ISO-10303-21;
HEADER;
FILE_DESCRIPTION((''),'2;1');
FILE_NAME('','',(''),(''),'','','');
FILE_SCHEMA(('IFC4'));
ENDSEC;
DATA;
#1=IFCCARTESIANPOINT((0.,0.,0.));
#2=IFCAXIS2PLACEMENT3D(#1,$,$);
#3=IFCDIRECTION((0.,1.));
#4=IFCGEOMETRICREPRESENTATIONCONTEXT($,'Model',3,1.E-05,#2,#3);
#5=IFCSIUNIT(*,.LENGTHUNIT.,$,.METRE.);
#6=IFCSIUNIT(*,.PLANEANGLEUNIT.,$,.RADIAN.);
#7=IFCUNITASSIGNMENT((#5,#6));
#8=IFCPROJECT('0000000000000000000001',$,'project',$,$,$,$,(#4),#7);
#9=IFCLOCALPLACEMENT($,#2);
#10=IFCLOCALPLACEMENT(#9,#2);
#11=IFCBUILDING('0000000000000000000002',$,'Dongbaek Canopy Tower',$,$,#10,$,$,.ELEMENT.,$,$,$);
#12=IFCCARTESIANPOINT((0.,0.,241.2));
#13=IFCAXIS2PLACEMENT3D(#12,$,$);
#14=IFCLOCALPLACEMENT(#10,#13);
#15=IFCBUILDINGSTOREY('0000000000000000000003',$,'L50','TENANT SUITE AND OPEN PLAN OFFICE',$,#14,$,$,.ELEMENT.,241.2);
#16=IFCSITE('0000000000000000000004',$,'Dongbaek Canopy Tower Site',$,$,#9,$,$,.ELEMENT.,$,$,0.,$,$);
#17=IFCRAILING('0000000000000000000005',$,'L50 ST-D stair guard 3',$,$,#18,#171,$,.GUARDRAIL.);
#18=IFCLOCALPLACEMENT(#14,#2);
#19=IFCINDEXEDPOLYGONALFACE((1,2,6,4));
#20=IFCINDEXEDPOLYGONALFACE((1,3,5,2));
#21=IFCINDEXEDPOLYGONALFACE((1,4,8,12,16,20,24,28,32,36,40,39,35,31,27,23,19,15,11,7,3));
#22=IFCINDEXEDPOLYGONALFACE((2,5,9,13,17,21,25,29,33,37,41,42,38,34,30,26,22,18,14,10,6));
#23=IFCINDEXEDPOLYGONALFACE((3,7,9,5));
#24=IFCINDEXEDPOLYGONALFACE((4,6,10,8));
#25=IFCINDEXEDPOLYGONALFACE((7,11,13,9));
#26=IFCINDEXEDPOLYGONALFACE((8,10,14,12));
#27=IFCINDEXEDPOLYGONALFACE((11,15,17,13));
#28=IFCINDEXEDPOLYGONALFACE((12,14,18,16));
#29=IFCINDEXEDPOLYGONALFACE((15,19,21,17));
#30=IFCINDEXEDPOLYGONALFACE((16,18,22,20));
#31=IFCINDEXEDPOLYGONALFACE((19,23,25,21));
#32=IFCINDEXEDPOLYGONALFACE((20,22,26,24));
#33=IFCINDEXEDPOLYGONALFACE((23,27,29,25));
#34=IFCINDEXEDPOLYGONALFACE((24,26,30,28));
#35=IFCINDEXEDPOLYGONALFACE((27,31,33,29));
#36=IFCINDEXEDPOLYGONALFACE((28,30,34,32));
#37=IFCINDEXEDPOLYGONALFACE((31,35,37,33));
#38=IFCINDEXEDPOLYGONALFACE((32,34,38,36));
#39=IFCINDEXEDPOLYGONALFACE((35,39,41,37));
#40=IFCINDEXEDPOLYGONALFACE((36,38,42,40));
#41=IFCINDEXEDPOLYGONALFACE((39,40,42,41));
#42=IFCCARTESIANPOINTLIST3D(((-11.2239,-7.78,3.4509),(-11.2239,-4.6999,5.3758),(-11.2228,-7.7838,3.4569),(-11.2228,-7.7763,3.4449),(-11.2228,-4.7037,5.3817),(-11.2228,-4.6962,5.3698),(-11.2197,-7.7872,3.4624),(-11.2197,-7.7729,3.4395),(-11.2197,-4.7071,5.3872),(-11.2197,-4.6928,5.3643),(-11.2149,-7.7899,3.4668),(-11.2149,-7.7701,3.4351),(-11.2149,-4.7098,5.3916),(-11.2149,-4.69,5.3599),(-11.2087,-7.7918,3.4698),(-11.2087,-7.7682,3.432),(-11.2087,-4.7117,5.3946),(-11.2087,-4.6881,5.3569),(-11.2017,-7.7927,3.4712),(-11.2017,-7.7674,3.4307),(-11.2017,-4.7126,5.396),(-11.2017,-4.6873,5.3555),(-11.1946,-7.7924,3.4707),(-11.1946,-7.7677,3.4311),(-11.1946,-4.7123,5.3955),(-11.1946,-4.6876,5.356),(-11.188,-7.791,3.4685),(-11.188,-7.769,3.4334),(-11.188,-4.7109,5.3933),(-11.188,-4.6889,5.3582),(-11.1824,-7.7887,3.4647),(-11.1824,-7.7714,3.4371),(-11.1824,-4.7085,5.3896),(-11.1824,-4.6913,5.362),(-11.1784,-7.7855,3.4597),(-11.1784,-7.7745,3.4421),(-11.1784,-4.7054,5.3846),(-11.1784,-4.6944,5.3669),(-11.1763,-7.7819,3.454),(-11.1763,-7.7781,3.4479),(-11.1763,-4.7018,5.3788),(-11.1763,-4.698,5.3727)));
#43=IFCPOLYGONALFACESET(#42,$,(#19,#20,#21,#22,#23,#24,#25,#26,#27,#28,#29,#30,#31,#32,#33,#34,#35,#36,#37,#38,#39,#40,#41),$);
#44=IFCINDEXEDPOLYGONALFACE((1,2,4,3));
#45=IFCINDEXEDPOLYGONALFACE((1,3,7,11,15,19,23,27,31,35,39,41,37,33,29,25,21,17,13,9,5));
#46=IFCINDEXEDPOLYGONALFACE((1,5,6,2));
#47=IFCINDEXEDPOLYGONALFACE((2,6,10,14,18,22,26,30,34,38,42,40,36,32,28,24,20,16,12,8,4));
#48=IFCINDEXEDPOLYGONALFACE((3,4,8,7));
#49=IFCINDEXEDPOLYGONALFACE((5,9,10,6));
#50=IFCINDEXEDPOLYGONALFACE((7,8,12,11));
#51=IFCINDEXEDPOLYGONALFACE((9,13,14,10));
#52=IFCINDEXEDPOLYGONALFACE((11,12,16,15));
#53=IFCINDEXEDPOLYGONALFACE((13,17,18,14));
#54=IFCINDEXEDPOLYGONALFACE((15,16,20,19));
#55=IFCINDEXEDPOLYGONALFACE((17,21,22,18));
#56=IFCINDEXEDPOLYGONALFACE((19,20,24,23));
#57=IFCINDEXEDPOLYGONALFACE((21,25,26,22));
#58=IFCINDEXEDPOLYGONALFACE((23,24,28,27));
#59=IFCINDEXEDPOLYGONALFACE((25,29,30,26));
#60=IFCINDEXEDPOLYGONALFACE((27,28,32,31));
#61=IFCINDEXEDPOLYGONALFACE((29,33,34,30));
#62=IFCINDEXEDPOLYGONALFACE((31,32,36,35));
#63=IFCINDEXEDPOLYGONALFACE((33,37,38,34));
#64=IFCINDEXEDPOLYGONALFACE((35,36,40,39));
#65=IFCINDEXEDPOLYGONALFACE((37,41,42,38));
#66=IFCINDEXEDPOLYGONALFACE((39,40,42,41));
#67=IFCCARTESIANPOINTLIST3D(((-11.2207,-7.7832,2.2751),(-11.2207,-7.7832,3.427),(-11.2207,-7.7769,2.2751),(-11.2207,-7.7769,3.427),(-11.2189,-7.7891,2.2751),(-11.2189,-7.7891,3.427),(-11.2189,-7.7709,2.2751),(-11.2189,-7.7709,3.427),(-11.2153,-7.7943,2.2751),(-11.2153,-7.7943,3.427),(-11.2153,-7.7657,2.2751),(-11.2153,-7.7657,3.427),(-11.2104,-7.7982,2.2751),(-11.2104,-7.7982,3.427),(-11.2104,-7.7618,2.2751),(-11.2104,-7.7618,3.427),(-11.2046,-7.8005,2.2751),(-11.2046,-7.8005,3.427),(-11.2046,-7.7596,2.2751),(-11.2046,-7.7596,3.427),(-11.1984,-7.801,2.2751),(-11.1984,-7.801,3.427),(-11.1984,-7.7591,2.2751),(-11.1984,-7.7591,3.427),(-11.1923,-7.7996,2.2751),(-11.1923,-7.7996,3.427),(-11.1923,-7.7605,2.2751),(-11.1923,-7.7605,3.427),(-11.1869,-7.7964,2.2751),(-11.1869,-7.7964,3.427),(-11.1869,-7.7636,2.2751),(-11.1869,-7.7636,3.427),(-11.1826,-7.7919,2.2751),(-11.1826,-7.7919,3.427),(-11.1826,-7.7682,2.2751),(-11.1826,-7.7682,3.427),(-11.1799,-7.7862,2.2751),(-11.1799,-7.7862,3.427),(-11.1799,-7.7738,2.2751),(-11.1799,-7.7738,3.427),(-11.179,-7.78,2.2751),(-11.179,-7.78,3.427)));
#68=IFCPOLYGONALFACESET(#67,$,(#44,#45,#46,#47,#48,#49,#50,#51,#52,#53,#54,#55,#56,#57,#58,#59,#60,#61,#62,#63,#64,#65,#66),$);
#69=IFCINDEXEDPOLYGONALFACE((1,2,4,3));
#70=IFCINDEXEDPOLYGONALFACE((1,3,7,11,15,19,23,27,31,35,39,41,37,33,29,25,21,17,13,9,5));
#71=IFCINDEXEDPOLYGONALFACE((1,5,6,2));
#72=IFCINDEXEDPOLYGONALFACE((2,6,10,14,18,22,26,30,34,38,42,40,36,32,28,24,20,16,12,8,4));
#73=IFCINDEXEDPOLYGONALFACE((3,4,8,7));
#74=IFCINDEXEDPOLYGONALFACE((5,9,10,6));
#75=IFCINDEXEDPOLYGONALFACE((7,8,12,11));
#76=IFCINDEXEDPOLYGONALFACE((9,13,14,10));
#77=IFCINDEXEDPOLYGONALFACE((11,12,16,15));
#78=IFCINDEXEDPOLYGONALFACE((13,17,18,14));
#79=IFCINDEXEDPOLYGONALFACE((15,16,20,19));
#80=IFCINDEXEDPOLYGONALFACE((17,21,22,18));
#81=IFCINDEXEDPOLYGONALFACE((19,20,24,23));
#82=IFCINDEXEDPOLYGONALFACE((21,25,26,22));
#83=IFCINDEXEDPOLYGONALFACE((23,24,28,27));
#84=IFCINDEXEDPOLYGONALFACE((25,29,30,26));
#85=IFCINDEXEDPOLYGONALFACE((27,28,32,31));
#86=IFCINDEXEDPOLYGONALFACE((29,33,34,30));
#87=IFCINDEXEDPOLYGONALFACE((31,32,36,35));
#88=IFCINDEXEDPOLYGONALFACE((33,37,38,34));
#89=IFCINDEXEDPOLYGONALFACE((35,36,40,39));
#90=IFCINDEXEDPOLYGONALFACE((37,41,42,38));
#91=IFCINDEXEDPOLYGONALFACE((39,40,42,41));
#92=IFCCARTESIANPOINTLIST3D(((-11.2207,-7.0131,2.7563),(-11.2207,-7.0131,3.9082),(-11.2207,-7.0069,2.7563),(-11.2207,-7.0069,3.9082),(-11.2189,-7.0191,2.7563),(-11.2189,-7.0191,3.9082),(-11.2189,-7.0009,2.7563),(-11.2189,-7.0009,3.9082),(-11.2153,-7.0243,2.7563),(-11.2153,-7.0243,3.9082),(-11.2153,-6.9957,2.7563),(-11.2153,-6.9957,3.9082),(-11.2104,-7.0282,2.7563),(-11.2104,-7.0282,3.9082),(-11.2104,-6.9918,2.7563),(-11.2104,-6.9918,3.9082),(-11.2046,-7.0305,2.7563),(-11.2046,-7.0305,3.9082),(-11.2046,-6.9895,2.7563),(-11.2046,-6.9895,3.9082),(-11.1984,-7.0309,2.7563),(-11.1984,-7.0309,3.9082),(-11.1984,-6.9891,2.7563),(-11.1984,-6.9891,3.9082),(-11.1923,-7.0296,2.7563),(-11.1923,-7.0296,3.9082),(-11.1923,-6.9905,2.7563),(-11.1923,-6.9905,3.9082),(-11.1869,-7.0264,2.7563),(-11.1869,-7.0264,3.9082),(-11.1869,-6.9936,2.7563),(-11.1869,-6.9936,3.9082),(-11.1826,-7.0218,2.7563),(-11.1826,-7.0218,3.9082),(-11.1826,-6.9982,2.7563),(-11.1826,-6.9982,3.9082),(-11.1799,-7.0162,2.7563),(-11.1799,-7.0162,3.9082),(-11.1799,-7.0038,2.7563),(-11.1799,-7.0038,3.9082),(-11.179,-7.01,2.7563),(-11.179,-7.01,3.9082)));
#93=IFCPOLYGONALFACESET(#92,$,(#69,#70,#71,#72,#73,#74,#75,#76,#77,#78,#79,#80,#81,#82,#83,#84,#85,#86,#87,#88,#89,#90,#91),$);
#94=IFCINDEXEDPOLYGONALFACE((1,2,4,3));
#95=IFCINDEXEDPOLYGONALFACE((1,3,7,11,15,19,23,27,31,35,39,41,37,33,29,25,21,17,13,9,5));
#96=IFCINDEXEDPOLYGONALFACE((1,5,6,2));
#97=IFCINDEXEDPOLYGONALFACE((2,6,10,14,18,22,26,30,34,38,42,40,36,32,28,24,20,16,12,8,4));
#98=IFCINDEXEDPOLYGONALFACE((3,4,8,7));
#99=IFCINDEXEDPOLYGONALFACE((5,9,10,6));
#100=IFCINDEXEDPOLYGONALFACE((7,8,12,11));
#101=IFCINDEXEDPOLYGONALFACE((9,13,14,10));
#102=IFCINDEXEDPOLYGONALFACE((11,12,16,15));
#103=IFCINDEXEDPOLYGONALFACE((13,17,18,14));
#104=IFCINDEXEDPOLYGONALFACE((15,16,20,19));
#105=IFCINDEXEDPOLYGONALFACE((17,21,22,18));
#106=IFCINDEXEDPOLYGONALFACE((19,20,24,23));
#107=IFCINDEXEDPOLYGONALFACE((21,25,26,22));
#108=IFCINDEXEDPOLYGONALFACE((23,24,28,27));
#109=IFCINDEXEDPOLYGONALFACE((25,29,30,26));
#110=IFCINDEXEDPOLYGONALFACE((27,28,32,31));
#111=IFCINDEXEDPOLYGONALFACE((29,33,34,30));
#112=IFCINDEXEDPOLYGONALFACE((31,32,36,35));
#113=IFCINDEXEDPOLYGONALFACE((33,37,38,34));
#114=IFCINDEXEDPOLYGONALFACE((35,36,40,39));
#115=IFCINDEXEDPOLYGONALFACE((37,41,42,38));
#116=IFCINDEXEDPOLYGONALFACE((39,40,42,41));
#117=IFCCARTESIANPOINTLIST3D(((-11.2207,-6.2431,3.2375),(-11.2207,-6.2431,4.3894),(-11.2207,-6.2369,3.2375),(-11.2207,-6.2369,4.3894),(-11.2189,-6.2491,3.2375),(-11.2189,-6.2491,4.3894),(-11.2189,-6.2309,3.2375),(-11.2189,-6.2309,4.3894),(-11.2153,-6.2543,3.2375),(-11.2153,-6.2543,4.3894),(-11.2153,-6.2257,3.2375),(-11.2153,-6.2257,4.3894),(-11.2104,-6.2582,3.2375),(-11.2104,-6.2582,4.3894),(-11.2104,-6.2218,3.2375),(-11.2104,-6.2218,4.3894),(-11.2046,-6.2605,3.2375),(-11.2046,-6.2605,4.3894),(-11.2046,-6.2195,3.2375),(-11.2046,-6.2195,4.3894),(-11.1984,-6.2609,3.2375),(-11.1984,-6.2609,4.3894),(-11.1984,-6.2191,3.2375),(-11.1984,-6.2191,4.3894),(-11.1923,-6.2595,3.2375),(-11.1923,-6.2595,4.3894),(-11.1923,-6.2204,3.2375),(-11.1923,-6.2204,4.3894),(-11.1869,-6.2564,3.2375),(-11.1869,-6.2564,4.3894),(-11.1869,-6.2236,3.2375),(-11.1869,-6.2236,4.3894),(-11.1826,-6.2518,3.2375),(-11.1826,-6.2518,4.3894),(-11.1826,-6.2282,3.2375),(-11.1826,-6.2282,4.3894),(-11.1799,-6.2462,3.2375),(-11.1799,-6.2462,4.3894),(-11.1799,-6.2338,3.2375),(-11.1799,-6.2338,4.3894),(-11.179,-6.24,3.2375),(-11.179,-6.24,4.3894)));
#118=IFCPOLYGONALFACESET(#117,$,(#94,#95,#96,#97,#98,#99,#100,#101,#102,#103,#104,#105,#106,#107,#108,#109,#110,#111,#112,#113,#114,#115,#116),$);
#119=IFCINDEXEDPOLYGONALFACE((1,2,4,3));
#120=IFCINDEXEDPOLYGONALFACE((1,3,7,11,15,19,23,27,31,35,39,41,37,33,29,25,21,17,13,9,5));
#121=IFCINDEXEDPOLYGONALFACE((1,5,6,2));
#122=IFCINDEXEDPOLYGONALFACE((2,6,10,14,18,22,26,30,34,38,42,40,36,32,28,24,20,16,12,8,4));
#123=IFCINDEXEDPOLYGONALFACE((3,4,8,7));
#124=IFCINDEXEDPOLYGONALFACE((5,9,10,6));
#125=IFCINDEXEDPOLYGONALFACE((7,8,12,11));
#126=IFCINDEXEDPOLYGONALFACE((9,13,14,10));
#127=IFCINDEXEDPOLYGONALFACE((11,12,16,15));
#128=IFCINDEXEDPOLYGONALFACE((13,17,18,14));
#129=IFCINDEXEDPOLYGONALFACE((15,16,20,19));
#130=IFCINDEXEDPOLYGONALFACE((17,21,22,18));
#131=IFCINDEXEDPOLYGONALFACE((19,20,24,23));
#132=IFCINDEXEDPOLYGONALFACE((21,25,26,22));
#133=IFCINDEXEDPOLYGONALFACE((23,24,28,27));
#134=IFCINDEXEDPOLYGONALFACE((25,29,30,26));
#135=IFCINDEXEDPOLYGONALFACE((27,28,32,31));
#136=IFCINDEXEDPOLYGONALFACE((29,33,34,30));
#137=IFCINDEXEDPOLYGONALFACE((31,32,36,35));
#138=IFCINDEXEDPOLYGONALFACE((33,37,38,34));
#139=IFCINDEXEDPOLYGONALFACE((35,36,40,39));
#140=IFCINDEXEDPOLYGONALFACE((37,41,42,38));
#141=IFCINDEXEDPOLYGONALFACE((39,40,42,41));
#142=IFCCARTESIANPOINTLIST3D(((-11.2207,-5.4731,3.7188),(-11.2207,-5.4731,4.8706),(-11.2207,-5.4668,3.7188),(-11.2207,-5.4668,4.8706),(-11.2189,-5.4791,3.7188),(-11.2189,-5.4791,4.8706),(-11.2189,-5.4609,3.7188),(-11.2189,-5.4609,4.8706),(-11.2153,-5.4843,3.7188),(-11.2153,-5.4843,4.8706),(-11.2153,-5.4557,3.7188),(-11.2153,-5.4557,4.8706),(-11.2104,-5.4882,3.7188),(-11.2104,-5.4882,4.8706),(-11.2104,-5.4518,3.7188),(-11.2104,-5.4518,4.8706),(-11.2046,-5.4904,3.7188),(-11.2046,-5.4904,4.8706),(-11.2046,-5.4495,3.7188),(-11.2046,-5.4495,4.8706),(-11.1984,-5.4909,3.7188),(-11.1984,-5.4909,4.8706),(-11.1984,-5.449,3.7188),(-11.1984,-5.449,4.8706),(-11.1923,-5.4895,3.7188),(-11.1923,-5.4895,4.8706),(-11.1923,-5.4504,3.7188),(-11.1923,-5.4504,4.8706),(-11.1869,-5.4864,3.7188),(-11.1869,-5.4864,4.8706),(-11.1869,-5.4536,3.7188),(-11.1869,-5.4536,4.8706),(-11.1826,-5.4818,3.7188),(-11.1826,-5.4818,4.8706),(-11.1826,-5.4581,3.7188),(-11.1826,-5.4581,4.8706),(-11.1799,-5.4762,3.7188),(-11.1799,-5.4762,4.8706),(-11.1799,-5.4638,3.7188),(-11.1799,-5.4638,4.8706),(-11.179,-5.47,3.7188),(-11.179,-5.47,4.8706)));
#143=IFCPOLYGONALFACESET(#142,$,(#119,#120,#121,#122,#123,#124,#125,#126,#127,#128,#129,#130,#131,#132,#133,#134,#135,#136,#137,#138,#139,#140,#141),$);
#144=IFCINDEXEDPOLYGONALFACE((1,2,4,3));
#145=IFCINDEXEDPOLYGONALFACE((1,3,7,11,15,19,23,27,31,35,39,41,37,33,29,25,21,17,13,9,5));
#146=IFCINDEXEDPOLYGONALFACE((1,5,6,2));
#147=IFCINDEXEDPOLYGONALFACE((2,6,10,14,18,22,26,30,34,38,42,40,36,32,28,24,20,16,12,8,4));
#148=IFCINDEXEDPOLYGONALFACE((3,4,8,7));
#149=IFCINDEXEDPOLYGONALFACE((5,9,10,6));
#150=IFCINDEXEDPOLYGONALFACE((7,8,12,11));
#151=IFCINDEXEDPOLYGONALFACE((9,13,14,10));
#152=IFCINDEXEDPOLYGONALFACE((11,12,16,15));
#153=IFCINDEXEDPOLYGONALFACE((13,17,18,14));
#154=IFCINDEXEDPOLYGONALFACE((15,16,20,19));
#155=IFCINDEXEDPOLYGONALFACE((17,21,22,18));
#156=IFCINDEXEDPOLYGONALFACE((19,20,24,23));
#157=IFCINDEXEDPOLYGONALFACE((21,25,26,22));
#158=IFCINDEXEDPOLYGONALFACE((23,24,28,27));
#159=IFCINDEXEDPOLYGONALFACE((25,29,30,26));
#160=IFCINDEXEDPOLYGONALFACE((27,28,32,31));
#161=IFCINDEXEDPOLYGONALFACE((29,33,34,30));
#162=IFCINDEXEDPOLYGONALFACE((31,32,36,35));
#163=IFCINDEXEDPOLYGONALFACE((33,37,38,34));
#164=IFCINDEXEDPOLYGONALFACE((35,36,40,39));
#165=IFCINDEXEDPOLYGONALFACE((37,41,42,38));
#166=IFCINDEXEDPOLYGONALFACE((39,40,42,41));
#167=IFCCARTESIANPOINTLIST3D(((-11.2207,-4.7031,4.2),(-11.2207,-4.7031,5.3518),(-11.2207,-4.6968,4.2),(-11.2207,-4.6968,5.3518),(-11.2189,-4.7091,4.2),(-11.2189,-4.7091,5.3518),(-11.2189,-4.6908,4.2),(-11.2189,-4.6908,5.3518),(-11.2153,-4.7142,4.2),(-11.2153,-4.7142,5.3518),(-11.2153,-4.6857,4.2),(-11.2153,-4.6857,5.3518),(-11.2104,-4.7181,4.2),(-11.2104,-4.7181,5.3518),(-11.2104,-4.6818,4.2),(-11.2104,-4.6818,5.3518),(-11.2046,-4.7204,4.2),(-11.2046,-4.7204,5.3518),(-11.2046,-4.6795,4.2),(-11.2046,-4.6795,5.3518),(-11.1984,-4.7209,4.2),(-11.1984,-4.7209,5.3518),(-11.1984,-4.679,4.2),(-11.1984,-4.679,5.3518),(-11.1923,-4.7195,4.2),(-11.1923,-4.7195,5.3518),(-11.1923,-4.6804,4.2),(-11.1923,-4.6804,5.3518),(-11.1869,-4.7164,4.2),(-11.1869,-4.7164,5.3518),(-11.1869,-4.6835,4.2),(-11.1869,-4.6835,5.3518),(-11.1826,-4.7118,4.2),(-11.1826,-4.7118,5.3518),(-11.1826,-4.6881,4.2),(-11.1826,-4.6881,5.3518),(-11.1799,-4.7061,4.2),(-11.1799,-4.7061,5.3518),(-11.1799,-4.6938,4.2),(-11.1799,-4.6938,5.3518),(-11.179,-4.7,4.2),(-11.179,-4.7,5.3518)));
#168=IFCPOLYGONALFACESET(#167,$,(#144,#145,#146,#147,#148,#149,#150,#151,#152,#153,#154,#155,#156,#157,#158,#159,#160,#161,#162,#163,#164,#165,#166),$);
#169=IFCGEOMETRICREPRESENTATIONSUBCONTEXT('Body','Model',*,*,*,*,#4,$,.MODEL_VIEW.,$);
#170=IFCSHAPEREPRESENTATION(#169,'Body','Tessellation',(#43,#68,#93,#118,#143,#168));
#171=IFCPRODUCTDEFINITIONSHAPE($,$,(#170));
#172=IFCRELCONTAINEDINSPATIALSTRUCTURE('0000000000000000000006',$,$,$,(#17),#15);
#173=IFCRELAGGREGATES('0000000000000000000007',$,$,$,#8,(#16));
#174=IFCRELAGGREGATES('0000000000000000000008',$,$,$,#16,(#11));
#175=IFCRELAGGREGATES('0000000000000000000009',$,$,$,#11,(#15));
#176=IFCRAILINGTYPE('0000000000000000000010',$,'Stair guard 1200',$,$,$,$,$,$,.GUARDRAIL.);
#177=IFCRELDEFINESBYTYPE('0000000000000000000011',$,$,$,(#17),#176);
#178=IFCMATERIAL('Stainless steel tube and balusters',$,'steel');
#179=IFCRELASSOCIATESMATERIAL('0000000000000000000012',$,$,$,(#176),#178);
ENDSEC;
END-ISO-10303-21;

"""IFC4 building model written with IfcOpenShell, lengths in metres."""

from ifc_helpers import new_model, si_unit, direction, frame, origin, origin_2d, place, context, subcontext, project, spatial, circle, extrude, material, type_object, element, save


model = new_model("IFC4")

# Units and contexts
model_context = context("Model", 3, precision=1e-05, world=origin(), true_north=direction((0.0, 1.0)))
body_context = subcontext(model_context, "Body", "Model", "MODEL_VIEW")
ifc_project = project(units=[si_unit("LENGTHUNIT", "METRE"), si_unit("PLANEANGLEUNIT", "RADIAN")], contexts=[model_context])

# Site, building, storey
site_placement = place(None, origin())
site = spatial("IfcSite", under=ifc_project, at=site_placement, Name="Dongbaek Canopy Tower Site", CompositionType="ELEMENT", RefElevation=0.0)
building_placement = place(site_placement, origin())
building = spatial("IfcBuilding", under=site, at=building_placement, Name="Dongbaek Canopy Tower", CompositionType="ELEMENT")
storey_placement = place(building_placement, frame((0.0, 0.0, 241.2)))
storey = spatial("IfcBuildingStorey", under=building, at=storey_placement, Name="L50", Description="TENANT SUITE AND OPEN PLAN OFFICE", CompositionType="ELEMENT", Elevation=241.2)

# Railing
ifc_material_1 = material(Name="Stainless steel tube and balusters", Category="steel")
railing_type_1 = type_object("IfcRailingType", Name="Stair guard 1200", PredefinedType="GUARDRAIL", material=ifc_material_1)
railing_1_placement = place(storey_placement, frame((-11.2, -7.78, 2.2751)))
element("IfcRailing", 1, at=railing_1_placement, inside=storey, type_object=railing_type_1, Name="L50 ST-D stair guard 3", PredefinedType="GUARDRAIL", context=body_context, shape_type="SweptSolid", body=[
    extrude(circle(Radius=0.0239, at=origin_2d()), frame((0.0, 0.0, 1.1758), z_axis=(0.0, 0.848029, 0.529951), x_axis=(-1.0, 0.0, 0.0)), (0.0, 0.0, 1.0), 3.6321),
    extrude(circle(Radius=0.021, at=origin_2d()), origin(), (0.0, 0.0, 1.0), 1.1519),
    extrude(circle(Radius=0.021, at=origin_2d()), frame((0.0, 0.77, 0.4812)), (0.0, 0.0, 1.0), 1.1519),
    extrude(circle(Radius=0.021, at=origin_2d()), frame((0.0, 1.54, 0.9624)), (0.0, 0.0, 1.0), 1.1519),
    extrude(circle(Radius=0.021, at=origin_2d()), frame((0.0, 2.3101, 1.4436)), (0.0, 0.0, 1.0), 1.1519),
    extrude(circle(Radius=0.021, at=origin_2d()), frame((0.0, 3.0801, 1.9248)), (0.0, 0.0, 1.0), 1.1519),
])

save(model, "model.ifc")
